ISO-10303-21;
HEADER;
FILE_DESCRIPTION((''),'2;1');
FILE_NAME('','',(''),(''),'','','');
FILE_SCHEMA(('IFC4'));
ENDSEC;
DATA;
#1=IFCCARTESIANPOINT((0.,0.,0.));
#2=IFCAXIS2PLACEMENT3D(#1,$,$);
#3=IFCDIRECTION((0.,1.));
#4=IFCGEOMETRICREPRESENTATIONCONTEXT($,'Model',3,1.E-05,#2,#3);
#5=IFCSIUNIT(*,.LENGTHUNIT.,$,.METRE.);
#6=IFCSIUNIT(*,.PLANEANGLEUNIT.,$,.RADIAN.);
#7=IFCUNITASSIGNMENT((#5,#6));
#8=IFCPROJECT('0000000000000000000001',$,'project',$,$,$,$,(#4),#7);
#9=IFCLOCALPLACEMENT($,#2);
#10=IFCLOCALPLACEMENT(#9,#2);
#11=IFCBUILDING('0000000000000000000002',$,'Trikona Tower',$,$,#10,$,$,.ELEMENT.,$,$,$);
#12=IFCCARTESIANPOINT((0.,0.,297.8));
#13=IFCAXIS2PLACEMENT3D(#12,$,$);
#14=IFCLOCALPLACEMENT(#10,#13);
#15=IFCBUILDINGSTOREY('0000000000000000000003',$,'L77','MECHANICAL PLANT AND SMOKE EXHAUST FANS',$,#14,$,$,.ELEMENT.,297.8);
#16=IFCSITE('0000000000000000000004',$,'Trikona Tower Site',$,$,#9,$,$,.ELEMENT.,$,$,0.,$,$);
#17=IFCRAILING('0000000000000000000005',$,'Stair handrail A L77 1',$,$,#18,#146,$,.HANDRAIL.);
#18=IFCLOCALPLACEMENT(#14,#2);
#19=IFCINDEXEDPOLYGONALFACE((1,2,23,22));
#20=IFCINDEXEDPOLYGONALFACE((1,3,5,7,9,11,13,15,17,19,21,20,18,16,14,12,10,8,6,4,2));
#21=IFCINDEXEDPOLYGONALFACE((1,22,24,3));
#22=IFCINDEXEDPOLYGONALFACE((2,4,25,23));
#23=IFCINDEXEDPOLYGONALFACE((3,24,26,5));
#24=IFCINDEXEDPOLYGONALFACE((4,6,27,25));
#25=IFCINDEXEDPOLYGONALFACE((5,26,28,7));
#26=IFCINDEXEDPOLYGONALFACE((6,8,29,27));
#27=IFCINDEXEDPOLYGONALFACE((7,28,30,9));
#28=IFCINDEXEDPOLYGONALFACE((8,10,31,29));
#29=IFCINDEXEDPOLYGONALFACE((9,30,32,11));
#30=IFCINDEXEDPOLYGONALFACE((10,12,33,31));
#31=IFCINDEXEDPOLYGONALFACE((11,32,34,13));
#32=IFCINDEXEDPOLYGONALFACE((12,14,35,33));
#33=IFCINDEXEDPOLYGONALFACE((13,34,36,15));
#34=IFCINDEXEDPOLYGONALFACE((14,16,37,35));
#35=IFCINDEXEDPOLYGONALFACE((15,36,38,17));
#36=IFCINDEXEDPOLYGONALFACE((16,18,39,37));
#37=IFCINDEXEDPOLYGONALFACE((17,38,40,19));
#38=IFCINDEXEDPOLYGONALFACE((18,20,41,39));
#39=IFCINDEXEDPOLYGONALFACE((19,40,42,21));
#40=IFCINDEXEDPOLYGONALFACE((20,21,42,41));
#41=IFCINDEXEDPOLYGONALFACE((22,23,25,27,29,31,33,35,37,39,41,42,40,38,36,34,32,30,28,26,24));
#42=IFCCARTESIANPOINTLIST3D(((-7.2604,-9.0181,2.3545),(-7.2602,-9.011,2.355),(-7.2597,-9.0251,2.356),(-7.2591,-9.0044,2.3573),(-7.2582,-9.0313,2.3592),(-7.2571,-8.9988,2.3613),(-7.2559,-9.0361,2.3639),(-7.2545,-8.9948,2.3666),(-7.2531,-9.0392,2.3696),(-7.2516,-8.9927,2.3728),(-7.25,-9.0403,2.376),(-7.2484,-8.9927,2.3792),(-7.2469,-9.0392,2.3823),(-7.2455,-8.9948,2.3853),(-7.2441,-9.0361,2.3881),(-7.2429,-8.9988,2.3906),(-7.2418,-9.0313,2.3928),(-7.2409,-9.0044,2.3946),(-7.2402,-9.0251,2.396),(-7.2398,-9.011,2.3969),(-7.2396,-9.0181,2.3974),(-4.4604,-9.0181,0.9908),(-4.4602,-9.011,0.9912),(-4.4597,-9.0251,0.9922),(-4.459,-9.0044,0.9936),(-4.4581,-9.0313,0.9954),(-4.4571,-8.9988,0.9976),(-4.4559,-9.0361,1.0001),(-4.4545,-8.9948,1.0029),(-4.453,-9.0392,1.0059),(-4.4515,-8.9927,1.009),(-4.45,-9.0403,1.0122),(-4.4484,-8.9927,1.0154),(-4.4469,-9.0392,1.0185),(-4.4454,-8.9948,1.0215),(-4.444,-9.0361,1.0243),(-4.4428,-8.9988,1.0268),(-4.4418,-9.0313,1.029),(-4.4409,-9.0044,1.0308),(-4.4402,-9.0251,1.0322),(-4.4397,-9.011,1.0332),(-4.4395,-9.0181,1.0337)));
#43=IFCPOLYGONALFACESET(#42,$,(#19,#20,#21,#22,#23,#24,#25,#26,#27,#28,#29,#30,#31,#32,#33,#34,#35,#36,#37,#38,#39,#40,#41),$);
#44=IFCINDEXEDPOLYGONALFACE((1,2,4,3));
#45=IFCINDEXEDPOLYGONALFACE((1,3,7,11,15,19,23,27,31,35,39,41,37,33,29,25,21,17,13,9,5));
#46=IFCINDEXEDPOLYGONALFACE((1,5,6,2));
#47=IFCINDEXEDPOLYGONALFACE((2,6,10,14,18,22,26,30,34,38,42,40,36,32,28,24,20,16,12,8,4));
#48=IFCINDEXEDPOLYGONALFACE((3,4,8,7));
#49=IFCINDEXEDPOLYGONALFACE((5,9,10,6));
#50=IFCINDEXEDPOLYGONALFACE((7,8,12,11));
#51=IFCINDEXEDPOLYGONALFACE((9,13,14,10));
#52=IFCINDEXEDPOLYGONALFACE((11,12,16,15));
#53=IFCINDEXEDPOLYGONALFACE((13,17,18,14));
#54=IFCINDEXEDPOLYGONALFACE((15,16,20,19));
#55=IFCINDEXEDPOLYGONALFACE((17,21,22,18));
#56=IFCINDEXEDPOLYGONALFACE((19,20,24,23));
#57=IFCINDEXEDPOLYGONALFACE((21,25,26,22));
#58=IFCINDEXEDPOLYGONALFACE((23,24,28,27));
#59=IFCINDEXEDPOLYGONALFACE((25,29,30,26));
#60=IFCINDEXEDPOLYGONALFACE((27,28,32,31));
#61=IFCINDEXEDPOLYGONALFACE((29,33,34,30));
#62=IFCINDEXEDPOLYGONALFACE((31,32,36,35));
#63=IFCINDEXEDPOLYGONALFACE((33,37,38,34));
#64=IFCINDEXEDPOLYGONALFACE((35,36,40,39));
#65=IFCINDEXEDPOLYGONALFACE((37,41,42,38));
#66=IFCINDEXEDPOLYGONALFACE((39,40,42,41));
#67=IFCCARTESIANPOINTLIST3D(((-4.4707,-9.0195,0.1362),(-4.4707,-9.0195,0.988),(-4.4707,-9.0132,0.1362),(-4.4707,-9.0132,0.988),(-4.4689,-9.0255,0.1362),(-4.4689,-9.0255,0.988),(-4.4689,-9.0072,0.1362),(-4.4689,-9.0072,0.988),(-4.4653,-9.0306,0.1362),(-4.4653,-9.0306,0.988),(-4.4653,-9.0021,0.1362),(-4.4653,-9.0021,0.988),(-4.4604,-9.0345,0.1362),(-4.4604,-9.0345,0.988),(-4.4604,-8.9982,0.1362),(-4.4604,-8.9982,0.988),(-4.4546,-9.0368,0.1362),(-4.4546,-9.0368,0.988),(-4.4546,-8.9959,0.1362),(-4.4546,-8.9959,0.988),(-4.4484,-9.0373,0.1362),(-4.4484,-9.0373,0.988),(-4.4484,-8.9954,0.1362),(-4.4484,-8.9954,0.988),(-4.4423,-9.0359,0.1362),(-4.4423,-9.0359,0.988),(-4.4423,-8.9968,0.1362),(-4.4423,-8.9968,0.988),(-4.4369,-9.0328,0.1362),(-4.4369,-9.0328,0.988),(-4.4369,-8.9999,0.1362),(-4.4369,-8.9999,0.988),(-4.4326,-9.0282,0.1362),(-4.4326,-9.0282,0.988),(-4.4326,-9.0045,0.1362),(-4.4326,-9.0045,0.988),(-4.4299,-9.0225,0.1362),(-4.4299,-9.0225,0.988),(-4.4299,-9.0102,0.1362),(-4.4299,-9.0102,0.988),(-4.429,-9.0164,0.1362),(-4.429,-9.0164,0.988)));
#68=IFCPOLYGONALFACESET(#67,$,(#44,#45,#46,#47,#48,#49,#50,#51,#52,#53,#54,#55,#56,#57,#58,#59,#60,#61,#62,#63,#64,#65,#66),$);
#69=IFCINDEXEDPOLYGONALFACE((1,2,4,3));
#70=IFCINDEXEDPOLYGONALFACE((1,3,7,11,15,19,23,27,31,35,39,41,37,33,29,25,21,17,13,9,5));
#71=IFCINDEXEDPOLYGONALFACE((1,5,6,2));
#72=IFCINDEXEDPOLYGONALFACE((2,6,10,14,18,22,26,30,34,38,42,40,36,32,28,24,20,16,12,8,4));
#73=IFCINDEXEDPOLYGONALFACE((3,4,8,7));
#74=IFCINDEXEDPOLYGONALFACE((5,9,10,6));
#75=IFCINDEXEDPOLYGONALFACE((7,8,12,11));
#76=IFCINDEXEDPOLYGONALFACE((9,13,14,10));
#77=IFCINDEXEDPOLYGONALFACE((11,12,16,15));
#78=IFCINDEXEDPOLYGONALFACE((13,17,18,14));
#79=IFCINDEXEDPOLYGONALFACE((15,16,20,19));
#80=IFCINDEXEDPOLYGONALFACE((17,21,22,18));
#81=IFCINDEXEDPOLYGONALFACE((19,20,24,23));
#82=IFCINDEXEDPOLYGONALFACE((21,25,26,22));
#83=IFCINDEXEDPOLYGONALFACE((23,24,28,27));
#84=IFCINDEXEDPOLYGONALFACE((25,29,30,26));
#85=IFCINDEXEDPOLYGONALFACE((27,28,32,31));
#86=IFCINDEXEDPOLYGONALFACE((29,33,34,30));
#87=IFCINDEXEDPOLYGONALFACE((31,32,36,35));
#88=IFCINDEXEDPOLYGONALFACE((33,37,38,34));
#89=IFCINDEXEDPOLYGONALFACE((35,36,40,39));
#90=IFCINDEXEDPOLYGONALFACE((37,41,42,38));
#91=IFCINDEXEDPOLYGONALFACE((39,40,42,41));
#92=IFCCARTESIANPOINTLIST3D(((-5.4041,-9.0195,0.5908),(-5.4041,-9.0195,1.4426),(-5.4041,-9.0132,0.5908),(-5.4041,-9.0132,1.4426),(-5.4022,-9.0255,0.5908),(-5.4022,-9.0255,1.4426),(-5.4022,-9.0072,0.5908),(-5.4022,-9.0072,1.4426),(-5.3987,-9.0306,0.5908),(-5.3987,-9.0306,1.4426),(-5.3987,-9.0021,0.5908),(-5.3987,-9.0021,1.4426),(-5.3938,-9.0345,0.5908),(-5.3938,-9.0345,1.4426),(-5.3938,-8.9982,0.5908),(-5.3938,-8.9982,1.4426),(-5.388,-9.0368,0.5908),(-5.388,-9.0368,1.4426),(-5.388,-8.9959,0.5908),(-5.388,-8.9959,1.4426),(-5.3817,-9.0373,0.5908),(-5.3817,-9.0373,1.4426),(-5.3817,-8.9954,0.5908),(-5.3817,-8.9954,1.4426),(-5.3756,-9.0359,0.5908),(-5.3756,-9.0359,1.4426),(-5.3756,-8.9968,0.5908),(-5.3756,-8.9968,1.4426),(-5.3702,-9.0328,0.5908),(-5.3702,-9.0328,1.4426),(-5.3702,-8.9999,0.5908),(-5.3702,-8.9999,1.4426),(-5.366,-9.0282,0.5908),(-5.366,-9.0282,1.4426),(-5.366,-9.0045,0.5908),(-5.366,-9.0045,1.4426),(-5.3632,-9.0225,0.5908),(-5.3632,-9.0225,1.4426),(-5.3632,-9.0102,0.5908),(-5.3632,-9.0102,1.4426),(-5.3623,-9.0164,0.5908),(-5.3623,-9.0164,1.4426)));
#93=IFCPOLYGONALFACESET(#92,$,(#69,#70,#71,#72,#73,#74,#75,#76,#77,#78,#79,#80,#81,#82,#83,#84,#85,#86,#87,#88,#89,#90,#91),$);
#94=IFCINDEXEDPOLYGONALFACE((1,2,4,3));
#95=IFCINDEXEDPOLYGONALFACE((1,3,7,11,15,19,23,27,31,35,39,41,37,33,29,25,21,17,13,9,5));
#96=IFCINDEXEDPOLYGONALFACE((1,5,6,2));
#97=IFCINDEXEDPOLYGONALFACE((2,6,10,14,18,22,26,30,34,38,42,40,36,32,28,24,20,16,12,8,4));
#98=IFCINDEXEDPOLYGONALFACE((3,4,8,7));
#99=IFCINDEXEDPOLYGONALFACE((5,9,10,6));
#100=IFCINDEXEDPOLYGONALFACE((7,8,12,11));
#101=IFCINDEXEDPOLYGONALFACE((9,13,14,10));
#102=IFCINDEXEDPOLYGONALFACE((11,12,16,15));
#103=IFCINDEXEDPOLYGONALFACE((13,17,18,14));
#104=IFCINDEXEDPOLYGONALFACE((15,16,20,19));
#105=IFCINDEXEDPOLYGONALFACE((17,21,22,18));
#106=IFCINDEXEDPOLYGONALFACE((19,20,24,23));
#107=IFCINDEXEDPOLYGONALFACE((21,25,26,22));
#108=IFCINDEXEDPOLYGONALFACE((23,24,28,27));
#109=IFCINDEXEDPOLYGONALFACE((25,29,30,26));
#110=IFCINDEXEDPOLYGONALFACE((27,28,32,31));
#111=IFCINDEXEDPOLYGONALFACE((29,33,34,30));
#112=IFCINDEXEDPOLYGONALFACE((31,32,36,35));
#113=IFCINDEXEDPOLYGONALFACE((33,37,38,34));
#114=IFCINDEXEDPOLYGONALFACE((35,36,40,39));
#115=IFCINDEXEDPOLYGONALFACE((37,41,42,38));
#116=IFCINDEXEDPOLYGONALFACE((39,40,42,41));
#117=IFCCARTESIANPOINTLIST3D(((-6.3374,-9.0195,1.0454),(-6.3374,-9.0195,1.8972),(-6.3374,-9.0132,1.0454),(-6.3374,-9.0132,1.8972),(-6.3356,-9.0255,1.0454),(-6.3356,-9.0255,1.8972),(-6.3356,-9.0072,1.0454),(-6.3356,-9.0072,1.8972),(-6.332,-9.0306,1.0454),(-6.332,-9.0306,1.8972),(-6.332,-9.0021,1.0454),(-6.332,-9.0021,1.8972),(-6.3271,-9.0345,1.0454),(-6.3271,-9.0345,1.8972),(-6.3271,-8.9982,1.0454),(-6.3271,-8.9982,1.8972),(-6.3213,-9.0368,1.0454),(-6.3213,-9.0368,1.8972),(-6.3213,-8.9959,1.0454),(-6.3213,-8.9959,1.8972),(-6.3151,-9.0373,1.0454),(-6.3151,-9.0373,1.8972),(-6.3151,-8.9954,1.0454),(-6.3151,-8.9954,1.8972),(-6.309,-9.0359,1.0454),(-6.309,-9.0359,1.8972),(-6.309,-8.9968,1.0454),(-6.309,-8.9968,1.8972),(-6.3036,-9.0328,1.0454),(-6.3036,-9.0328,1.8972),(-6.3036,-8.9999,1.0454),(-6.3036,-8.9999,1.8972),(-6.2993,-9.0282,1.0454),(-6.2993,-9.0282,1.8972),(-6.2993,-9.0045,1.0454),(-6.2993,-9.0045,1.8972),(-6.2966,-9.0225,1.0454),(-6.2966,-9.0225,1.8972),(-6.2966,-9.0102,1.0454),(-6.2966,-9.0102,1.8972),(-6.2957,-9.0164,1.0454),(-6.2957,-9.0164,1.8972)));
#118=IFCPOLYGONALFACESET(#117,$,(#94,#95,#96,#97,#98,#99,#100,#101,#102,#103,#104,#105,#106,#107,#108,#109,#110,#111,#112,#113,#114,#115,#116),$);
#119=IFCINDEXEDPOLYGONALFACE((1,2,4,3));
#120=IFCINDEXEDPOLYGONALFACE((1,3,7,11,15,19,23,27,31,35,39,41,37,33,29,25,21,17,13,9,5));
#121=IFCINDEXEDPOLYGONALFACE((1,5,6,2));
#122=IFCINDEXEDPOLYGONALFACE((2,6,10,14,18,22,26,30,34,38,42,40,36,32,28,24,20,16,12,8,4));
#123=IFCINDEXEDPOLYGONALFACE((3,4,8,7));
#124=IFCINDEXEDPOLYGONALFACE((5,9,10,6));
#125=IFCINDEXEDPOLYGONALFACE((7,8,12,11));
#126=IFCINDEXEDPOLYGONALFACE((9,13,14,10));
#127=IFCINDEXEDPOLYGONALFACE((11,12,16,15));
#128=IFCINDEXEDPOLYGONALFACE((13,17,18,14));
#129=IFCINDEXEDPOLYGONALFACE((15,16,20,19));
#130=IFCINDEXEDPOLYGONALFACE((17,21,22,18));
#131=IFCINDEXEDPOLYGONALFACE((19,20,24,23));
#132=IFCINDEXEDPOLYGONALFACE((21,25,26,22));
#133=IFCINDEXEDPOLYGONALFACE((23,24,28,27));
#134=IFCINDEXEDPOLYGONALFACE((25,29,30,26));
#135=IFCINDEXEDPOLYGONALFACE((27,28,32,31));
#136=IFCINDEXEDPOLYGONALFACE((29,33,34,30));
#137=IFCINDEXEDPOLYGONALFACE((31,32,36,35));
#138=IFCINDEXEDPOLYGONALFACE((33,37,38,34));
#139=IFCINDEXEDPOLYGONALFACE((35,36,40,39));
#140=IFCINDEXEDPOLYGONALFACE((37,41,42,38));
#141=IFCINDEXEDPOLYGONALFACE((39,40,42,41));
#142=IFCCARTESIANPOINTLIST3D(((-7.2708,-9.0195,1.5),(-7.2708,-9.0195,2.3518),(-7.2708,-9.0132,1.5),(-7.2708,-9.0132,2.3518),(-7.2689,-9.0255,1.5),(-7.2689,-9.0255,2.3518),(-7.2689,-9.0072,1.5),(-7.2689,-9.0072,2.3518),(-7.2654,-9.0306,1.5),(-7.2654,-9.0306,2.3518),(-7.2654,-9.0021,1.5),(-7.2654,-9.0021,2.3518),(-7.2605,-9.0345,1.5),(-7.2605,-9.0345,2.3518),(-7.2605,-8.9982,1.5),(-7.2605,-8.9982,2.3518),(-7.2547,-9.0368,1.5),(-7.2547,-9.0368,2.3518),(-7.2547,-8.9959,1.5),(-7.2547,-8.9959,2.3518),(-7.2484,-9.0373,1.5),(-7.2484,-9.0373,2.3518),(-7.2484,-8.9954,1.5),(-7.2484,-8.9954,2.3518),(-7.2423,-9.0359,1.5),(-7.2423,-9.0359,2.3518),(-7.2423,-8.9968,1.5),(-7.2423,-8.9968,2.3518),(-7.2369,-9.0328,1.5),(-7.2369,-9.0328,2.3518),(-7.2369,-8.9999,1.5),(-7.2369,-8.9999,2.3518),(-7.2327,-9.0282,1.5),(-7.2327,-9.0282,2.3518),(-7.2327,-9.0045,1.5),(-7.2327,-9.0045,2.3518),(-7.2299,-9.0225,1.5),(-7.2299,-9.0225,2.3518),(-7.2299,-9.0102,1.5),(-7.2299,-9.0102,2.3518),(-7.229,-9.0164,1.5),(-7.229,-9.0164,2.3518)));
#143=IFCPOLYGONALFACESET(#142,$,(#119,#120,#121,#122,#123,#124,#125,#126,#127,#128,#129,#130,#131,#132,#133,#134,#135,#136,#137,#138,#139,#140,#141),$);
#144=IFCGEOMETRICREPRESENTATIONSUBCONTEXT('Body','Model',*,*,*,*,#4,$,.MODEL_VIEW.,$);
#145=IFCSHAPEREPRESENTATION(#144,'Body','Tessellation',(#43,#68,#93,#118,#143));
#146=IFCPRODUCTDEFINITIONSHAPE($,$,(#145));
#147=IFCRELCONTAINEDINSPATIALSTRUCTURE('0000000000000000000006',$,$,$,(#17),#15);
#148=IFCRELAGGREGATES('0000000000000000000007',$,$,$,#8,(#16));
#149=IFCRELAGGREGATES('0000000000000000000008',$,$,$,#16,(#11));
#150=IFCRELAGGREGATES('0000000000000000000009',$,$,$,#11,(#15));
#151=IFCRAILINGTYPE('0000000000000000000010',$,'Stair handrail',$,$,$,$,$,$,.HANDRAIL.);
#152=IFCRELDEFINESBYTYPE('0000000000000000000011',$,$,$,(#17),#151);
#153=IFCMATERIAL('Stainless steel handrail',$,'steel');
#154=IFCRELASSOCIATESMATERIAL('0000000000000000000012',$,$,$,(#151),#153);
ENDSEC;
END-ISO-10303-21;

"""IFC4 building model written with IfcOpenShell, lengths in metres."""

from ifc_helpers import new_model, si_unit, direction, frame, origin, origin_2d, place, context, subcontext, project, spatial, circle, extrude, material, type_object, element, save


model = new_model("IFC4")

# Units and contexts
model_context = context("Model", 3, precision=1e-05, world=origin(), true_north=direction((0.0, 1.0)))
body_context = subcontext(model_context, "Body", "Model", "MODEL_VIEW")
ifc_project = project(units=[si_unit("LENGTHUNIT", "METRE"), si_unit("PLANEANGLEUNIT", "RADIAN")], contexts=[model_context])

# Site, building, storey
site_placement = place(None, origin())
site = spatial("IfcSite", under=ifc_project, at=site_placement, Name="Trikona Tower Site", CompositionType="ELEMENT", RefElevation=0.0)
building_placement = place(site_placement, origin())
building = spatial("IfcBuilding", under=site, at=building_placement, Name="Trikona Tower", CompositionType="ELEMENT")
storey_placement = place(building_placement, frame((0.0, 0.0, 297.8)))
storey = spatial("IfcBuildingStorey", under=building, at=storey_placement, Name="L77", Description="MECHANICAL PLANT AND SMOKE EXHAUST FANS", CompositionType="ELEMENT", Elevation=297.8)

# Railing
ifc_material_1 = material(Name="Stainless steel handrail", Category="steel")
railing_type_1 = type_object("IfcRailingType", Name="Stair handrail", PredefinedType="HANDRAIL", material=ifc_material_1)
for number, where, name in (
    (1, (-4.45, -9.0164, 0.1362), "Stair handrail A L77 1"),
):
    element("IfcRailing", number, at=place(storey_placement, frame(where)), inside=storey, type_object=railing_type_1, Name=name, PredefinedType="HANDRAIL", context=body_context, shape_type="SweptSolid", body=[
        extrude(circle(Radius=0.0239, at=origin_2d()), frame((0.0, 0.0, 0.876), z_axis=(-0.899035, 0.0, 0.437877), x_axis=(0.0, -1.0, 0.0)), (0.0, 0.0, 1.0), 3.1145),
        extrude(circle(Radius=0.021, at=origin_2d()), origin(), (0.0, 0.0, 1.0), 0.8518),
        extrude(circle(Radius=0.021, at=origin_2d()), frame((-0.9333, 0.0, 0.4546)), (0.0, 0.0, 1.0), 0.8518),
        extrude(circle(Radius=0.021, at=origin_2d()), frame((-1.8667, 0.0, 0.9092)), (0.0, 0.0, 1.0), 0.8518),
        extrude(circle(Radius=0.021, at=origin_2d()), frame((-2.8, 0.0, 1.3638)), (0.0, 0.0, 1.0), 0.8518),
    ])

save(model, "model.ifc")
